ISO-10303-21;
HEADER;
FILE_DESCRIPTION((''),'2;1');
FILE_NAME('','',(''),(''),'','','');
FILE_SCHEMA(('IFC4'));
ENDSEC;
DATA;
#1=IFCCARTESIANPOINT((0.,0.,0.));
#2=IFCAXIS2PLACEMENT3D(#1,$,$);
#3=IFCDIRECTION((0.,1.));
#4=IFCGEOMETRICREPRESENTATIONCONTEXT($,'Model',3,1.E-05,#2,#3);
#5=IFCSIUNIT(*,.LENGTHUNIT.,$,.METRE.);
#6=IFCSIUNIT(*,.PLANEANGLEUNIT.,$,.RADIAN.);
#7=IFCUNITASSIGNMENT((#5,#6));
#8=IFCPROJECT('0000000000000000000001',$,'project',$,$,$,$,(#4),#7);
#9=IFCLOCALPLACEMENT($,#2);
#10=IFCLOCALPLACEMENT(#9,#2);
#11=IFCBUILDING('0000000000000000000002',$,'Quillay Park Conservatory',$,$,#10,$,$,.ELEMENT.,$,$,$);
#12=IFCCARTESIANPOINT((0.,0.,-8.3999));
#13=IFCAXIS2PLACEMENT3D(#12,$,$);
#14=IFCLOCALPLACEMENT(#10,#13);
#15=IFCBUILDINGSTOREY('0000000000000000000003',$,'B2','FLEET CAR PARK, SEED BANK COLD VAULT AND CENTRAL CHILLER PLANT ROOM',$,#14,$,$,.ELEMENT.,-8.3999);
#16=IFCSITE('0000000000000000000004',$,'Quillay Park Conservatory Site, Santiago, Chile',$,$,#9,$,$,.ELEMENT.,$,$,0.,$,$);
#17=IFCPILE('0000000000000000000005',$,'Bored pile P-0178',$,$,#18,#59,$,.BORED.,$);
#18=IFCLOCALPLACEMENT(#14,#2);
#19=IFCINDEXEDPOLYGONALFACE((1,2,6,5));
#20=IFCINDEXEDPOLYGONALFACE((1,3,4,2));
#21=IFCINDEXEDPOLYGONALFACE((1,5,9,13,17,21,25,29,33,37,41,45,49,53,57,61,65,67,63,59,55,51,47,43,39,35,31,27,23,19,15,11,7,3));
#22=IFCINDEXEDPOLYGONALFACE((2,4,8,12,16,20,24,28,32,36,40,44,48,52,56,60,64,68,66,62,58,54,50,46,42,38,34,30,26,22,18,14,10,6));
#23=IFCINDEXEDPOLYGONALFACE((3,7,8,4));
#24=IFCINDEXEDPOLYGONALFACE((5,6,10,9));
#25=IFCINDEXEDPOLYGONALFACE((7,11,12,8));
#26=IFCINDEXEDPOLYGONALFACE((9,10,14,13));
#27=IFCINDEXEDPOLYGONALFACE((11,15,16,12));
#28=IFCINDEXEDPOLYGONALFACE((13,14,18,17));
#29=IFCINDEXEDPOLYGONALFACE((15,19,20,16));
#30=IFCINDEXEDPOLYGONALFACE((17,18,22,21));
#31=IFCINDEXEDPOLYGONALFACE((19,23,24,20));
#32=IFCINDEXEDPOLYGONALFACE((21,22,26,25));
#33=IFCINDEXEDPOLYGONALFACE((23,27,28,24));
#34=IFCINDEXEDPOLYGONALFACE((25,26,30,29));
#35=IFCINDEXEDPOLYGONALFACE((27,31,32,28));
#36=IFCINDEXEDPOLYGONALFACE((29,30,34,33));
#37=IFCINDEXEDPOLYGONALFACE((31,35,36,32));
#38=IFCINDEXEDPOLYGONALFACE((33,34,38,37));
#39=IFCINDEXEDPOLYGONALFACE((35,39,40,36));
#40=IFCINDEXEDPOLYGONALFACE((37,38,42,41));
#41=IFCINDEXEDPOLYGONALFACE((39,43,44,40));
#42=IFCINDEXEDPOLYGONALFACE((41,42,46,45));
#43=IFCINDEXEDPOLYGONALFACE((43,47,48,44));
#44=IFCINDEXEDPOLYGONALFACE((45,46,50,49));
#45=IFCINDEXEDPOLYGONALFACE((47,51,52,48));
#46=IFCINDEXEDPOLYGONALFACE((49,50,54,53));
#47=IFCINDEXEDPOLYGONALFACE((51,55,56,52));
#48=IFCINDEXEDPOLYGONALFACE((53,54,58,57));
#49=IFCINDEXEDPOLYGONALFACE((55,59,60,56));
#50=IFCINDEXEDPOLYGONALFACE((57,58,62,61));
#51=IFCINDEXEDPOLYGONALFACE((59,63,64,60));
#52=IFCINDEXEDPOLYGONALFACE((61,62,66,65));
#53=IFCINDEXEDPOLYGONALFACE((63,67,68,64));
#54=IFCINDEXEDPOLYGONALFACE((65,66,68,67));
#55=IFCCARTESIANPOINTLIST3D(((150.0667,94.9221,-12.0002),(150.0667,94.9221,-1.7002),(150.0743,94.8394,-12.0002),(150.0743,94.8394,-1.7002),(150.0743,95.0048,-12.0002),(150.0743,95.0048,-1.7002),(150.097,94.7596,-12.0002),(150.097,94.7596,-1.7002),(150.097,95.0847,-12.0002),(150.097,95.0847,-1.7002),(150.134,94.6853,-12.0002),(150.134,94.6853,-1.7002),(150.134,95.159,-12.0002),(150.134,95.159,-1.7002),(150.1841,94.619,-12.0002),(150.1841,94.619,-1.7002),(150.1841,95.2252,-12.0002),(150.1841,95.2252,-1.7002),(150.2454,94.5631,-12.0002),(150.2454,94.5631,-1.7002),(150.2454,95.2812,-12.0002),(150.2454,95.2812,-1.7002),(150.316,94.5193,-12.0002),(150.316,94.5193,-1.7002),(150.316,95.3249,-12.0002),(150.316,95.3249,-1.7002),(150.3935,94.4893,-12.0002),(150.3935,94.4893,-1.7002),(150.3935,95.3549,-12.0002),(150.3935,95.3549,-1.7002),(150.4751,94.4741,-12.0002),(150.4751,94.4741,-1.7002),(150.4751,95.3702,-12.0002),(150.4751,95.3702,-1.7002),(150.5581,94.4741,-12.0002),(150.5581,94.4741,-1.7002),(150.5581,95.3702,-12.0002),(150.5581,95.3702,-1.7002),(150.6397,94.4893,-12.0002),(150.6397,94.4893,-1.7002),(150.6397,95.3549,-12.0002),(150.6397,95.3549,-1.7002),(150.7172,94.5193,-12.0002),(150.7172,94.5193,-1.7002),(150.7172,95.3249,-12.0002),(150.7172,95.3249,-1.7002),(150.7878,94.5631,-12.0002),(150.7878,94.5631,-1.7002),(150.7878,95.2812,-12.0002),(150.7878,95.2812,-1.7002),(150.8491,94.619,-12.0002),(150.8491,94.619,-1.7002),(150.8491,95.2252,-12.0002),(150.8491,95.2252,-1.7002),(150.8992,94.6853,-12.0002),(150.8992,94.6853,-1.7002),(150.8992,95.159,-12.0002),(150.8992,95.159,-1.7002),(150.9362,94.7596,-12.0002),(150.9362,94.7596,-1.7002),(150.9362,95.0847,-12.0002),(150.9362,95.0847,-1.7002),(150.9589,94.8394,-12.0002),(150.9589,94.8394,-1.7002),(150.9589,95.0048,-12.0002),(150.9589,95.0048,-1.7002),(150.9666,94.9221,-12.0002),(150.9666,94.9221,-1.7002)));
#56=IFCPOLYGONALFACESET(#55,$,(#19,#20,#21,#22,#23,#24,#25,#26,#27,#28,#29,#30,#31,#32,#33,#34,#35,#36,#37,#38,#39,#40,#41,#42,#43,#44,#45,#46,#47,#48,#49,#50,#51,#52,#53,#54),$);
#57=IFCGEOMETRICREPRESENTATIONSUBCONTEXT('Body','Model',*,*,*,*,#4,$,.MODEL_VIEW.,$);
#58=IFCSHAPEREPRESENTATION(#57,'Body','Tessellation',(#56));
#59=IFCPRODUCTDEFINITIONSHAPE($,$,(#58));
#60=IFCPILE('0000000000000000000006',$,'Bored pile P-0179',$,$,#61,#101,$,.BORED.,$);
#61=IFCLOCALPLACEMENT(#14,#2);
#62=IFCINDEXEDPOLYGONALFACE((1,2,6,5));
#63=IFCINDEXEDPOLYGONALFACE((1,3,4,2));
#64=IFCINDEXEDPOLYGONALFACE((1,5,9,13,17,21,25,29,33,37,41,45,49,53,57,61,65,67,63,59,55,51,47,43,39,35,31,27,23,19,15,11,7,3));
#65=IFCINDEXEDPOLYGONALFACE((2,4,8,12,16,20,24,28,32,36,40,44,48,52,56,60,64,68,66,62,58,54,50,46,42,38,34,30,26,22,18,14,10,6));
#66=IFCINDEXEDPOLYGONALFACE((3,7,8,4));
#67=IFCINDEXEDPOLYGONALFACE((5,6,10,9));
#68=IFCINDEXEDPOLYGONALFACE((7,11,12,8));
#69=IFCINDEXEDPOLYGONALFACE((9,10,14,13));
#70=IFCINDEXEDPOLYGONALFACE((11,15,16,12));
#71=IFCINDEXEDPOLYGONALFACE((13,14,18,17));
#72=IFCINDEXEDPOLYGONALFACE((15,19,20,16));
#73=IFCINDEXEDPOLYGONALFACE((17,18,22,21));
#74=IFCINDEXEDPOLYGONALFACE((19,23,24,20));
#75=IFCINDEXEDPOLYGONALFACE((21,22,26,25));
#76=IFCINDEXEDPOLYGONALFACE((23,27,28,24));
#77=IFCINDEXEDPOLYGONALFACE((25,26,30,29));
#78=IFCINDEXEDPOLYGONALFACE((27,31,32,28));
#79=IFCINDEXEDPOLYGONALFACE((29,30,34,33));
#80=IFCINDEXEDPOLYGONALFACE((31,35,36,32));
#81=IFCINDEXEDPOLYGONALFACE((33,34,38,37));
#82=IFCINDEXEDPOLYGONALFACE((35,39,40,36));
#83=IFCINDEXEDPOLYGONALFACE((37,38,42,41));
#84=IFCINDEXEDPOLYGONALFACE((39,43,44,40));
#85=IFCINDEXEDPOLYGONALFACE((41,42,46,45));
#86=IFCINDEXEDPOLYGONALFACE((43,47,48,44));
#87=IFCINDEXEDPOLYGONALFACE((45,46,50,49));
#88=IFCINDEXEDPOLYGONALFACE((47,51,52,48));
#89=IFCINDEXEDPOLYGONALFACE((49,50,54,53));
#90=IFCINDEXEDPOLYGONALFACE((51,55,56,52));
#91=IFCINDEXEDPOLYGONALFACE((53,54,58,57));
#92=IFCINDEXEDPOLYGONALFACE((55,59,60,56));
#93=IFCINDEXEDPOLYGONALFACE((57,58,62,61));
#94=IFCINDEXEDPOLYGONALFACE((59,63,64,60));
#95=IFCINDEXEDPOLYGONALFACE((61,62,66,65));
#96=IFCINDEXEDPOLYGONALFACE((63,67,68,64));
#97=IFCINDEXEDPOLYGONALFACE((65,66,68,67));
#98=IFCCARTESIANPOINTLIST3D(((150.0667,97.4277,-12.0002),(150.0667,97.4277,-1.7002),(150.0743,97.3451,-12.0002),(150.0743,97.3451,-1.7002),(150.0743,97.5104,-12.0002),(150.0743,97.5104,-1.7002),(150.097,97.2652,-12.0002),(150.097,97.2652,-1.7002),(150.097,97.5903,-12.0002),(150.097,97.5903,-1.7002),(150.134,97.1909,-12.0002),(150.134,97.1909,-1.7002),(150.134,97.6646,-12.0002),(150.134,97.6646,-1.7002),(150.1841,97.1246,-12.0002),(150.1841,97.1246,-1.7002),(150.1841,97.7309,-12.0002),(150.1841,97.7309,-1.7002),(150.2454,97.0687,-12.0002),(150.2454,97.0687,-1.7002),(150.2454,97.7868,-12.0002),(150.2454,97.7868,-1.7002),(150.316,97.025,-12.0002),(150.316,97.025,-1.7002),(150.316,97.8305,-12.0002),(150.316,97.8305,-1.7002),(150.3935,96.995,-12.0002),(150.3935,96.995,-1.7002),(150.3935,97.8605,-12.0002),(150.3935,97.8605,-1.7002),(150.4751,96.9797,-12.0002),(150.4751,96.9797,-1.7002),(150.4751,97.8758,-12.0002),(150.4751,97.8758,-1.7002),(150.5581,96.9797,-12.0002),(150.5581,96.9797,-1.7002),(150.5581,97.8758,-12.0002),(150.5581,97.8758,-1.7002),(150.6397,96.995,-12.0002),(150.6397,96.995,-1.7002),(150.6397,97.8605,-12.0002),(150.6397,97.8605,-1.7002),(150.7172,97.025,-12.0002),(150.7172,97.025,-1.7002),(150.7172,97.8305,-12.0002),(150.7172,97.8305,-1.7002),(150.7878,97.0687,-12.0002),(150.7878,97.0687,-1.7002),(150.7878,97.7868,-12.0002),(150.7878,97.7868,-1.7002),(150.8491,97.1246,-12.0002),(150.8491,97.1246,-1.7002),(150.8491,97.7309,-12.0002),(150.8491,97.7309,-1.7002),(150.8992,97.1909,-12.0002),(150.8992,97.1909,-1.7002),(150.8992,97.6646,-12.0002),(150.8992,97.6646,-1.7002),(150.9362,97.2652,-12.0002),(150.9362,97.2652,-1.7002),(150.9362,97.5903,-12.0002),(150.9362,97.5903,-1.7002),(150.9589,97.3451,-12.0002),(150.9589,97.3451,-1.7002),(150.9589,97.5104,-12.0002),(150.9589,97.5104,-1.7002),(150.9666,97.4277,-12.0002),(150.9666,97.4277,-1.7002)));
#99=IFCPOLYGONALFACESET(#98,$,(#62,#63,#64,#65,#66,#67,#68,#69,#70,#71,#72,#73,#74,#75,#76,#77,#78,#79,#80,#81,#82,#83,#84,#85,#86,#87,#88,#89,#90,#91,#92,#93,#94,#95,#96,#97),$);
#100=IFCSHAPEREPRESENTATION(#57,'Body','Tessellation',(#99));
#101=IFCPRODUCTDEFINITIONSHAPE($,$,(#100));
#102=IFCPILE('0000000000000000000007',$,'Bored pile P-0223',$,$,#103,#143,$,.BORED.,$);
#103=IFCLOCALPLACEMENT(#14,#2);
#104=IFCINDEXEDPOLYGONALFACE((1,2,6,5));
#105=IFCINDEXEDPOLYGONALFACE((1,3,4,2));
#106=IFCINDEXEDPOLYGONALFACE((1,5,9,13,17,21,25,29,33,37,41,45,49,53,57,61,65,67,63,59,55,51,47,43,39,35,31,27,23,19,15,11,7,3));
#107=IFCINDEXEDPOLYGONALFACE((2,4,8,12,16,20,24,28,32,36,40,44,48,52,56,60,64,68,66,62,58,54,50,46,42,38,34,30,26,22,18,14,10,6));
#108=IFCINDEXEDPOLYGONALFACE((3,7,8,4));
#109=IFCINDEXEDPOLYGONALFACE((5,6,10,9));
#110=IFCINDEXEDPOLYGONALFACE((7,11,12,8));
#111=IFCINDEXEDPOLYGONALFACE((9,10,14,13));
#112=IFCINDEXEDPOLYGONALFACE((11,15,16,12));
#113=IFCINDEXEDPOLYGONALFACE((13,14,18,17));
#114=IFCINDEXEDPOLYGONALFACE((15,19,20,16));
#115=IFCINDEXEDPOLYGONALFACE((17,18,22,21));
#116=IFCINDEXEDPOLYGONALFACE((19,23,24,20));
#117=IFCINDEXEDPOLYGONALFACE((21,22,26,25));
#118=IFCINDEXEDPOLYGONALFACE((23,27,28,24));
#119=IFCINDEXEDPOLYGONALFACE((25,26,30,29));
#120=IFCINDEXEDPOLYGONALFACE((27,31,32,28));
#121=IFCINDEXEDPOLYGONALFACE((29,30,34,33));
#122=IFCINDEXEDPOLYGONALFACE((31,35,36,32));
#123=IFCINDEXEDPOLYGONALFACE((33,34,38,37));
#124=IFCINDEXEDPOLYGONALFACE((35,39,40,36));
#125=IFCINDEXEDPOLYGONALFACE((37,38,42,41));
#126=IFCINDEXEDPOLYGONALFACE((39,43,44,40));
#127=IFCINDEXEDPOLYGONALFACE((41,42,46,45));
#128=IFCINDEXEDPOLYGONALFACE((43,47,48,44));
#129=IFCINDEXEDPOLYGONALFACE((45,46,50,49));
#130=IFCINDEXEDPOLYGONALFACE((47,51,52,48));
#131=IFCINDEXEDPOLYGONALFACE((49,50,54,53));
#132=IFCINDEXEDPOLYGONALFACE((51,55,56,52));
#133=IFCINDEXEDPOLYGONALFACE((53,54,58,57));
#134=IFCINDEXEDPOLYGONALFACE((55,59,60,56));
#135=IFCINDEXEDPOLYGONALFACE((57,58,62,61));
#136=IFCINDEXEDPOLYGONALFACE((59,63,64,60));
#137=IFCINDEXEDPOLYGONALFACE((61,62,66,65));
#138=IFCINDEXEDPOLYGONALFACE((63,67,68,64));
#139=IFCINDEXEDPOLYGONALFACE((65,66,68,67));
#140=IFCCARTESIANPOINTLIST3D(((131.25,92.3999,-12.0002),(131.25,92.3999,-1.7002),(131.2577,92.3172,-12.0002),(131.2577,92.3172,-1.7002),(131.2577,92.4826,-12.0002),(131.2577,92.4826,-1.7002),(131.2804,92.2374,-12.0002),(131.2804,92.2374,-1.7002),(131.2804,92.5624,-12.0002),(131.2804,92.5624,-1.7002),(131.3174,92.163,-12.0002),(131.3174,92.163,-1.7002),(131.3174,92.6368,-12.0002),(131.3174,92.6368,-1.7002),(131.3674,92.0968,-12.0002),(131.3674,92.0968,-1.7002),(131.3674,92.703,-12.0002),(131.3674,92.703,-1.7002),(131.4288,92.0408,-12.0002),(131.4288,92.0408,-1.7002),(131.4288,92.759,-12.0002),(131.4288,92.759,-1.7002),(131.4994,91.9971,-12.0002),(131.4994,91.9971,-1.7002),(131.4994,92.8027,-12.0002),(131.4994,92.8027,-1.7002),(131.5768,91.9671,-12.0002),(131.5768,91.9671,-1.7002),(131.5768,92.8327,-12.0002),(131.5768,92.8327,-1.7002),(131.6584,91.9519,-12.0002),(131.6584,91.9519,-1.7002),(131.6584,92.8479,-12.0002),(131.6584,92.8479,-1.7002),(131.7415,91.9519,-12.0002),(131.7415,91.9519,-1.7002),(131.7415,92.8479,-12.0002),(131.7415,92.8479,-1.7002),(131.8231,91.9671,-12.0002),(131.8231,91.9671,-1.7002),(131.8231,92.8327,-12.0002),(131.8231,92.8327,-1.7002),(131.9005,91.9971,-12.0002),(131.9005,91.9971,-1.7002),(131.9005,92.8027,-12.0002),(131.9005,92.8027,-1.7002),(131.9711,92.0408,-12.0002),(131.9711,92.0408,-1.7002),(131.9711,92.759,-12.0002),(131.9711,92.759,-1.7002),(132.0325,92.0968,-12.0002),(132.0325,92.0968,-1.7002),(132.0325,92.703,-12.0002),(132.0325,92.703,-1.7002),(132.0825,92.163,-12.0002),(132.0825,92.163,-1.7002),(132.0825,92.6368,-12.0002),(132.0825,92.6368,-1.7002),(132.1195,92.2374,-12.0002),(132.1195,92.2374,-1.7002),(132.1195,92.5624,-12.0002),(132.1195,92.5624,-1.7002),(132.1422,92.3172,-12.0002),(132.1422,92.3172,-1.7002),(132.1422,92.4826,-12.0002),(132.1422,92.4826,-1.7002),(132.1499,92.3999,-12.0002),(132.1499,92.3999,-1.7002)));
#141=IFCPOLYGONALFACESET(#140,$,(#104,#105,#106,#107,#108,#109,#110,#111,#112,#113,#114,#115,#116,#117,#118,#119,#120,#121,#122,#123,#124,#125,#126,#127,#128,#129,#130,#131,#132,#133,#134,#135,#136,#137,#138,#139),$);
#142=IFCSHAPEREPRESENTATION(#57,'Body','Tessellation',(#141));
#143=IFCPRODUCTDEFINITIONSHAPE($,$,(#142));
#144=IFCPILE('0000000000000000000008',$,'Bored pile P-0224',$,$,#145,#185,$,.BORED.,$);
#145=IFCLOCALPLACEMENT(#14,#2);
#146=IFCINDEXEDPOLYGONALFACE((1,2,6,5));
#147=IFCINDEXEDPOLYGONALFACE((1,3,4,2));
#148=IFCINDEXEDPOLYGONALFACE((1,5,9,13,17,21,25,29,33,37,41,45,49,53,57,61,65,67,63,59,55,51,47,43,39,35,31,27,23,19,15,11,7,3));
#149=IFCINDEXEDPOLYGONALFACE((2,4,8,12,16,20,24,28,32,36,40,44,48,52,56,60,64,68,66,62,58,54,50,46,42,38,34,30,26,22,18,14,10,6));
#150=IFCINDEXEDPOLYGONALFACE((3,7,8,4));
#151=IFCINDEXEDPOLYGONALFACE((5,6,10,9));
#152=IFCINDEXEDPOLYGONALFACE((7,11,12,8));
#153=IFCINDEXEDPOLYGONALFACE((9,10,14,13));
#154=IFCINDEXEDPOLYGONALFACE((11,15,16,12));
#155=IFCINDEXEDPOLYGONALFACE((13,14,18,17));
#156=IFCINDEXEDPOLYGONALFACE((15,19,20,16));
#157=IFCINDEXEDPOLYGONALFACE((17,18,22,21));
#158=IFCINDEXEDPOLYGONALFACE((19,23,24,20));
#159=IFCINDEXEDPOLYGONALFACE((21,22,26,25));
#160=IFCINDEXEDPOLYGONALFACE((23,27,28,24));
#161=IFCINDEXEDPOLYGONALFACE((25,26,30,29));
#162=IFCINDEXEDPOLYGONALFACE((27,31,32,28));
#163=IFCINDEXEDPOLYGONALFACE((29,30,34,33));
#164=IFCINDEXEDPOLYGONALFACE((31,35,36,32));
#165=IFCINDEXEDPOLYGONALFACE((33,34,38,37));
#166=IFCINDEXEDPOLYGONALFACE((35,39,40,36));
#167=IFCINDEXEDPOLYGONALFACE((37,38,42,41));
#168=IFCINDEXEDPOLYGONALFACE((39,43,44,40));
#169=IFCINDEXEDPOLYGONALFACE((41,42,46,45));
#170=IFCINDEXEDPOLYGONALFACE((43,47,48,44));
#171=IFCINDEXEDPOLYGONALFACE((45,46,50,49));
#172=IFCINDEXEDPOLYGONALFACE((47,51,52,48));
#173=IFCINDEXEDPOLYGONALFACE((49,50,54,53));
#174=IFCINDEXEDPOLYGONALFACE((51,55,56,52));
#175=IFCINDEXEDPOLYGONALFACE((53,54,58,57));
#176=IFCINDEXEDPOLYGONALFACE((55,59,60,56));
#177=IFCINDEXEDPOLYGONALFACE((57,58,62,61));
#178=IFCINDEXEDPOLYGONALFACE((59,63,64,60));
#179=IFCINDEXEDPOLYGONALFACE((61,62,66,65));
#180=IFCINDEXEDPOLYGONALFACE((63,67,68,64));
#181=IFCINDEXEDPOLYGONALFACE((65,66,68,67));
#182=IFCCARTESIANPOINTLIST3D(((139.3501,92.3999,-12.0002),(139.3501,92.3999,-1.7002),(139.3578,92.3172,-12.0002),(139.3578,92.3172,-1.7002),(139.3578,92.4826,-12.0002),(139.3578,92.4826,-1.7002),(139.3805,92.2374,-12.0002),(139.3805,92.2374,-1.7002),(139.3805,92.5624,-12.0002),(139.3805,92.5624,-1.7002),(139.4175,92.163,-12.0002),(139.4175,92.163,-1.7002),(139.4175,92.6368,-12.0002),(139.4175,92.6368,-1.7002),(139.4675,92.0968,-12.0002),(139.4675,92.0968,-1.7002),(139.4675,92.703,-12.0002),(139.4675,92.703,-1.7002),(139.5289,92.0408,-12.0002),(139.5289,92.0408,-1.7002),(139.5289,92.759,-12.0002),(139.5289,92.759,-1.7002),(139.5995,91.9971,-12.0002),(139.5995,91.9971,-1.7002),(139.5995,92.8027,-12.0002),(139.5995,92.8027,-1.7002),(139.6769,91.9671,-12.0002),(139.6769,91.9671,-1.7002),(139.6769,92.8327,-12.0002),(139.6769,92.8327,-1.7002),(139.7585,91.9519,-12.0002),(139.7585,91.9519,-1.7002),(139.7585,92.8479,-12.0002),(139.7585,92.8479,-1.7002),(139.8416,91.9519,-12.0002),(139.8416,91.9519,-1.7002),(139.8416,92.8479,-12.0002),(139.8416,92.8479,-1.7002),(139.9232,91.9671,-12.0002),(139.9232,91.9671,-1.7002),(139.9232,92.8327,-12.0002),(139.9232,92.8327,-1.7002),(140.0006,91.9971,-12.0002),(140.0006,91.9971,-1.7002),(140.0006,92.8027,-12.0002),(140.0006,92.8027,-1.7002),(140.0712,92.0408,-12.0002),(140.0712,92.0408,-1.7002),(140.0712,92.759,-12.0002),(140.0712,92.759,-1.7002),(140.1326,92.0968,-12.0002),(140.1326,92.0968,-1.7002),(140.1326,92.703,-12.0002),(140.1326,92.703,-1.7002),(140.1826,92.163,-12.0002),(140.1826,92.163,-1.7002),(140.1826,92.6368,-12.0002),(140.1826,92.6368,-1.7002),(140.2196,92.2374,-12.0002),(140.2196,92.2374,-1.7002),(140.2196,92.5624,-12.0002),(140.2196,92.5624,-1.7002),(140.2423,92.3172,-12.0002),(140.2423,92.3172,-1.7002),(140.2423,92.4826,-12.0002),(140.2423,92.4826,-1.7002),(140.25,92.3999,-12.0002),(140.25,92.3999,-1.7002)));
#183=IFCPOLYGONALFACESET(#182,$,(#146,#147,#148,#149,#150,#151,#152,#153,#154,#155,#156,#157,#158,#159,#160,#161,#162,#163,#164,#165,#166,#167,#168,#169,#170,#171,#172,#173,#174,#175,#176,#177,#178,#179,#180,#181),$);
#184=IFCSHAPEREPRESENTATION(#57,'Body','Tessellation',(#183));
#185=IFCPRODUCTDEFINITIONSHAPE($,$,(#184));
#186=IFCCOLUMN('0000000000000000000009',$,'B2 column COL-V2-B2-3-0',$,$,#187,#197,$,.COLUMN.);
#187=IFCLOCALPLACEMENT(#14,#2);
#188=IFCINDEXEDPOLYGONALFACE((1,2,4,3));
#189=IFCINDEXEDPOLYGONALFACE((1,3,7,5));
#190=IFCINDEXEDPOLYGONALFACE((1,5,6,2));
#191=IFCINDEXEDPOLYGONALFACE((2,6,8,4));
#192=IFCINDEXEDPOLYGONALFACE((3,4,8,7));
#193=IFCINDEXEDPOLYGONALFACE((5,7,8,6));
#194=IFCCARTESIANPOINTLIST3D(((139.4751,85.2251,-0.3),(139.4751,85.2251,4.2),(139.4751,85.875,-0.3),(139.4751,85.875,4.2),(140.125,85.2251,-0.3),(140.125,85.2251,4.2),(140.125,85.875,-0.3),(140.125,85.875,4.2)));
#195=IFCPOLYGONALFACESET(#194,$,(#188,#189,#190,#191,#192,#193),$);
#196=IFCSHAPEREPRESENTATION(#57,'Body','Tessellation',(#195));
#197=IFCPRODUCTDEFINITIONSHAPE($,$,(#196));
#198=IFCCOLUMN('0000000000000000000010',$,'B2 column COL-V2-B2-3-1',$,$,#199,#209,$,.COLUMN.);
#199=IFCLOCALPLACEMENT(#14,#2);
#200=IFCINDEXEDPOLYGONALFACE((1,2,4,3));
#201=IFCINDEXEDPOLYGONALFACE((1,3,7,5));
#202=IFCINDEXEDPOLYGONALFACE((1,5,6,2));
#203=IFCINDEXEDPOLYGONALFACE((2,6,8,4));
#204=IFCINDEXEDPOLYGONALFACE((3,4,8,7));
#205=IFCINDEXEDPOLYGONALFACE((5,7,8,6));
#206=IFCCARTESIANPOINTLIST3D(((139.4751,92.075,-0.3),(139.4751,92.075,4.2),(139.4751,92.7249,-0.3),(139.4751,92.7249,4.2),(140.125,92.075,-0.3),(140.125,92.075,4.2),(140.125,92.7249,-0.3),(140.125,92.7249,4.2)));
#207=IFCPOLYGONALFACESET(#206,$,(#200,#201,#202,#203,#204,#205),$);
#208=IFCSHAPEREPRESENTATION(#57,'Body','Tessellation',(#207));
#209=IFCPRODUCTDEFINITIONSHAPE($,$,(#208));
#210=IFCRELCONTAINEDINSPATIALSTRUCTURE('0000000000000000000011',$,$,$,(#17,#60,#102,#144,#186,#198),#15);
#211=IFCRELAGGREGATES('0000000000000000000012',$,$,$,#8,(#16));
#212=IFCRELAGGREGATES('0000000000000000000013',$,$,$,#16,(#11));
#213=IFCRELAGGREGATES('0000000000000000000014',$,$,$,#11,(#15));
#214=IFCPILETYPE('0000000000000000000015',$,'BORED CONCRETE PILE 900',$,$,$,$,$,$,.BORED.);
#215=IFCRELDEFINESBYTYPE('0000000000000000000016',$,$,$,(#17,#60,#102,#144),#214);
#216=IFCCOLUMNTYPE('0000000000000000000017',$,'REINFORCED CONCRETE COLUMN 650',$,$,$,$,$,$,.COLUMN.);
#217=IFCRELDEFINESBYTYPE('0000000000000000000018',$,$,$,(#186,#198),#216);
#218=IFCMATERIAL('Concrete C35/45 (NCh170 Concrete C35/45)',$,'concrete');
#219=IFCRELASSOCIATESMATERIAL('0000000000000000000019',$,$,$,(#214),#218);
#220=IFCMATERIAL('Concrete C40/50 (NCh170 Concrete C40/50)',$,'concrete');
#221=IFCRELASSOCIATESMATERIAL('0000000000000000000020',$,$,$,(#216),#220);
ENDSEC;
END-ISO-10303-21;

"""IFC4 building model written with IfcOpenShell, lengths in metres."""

from ifc_helpers import new_model, si_unit, direction, frame, origin, origin_2d, place, context, subcontext, project, spatial, rectangle, circle, extrude, material, material_profile, profile_set, type_object, element, save


model = new_model("IFC4")

# Units and contexts
model_context = context("Model", 3, precision=1e-05, world=origin(), true_north=direction((0.0, 1.0)))
body_context = subcontext(model_context, "Body", "Model", "MODEL_VIEW")
ifc_project = project(units=[si_unit("LENGTHUNIT", "METRE"), si_unit("PLANEANGLEUNIT", "RADIAN")], contexts=[model_context])

# Site, building, storey
site_placement = place(None, origin())
site = spatial("IfcSite", under=ifc_project, at=site_placement, Name="Quillay Park Conservatory Site, Santiago, Chile", CompositionType="ELEMENT", RefElevation=0.0)
building_placement = place(site_placement, origin())
building = spatial("IfcBuilding", under=site, at=building_placement, Name="Quillay Park Conservatory", CompositionType="ELEMENT")
storey_placement = place(building_placement, frame((0.0, 0.0, -8.3999)))
storey = spatial("IfcBuildingStorey", under=building, at=storey_placement, Name="B2", Description="FLEET CAR PARK, SEED BANK COLD VAULT AND CENTRAL CHILLER PLANT ROOM", CompositionType="ELEMENT", Elevation=-8.3999)

# Piles
ifc_material_1 = material(Name="Concrete C35/45 (NCh170 Concrete C35/45)", Category="concrete")
ifc_material_profile_1 = material_profile(ifc_material_1, circle(Radius=0.45, at=origin_2d()), Name="PILE900")
ifc_profile_set_1 = profile_set([ifc_material_profile_1], Name="Concrete C35/45 (NCh170 Concrete C35/45)")
pile_type = type_object("IfcPileType", Name="BORED CONCRETE PILE 900", PredefinedType="BORED", material=ifc_profile_set_1)
for number, where, z_axis, x_axis, name in (
    (1, (150.5166, 94.9221, -1.7002), (0.0, 0.0, -1.0), (1.0, 0.0, 0.0), "Bored pile P-0178"),
    (2, (150.5166, 97.4277, -1.7002), (0.0, 0.0, -1.0), (1.0, 0.0, 0.0), "Bored pile P-0179"),
    (3, (131.7, 92.3999, -1.7002), (0.0, 0.0, -1.0), (1.0, 0.0, 0.0), "Bored pile P-0223"),
    (4, (139.8, 92.3999, -1.7002), (0.0, 0.0, -1.0), (1.0, 0.0, 0.0), "Bored pile P-0224"),
):
    element("IfcPile", number, at=place(storey_placement, frame(where, z_axis=z_axis, x_axis=x_axis)), inside=storey, type_object=pile_type, Name=name, PredefinedType="BORED", context=body_context, shape_type="SweptSolid", body=[
        extrude(circle(Radius=0.45, at=origin_2d()), origin(), (0.0, 0.0, 1.0), 10.3),
    ])

# Columns
ifc_material_2 = material(Name="Concrete C40/50 (NCh170 Concrete C40/50)", Category="concrete")
ifc_material_profile_2 = material_profile(ifc_material_2, rectangle(XDim=0.6499, YDim=0.6499, at=origin_2d()), Name="RC650x650")
ifc_profile_set_2 = profile_set([ifc_material_profile_2], Name="Concrete C40/50 (NCh170 Concrete C40/50)")
column_type = type_object("IfcColumnType", Name="REINFORCED CONCRETE COLUMN 650", PredefinedType="COLUMN", material=ifc_profile_set_2)
for number, where, z_axis, x_axis, name in (
    (5, (139.8, 85.55, -0.3), (0.0, 0.0, 1.0), (1.0, 0.0, 0.0), "B2 column COL-V2-B2-3-0"),
    (6, (139.8, 92.3999, -0.3), (0.0, 0.0, 1.0), (1.0, 0.0, 0.0), "B2 column COL-V2-B2-3-1"),
):
    element("IfcColumn", number, at=place(storey_placement, frame(where, z_axis=z_axis, x_axis=x_axis)), inside=storey, type_object=column_type, Name=name, PredefinedType="COLUMN", context=body_context, shape_type="SweptSolid", body=[
        extrude(rectangle(XDim=0.6499, YDim=0.6499, at=origin_2d()), origin(), (0.0, 0.0, 1.0), 4.5),
    ])

save(model, "model.ifc")
